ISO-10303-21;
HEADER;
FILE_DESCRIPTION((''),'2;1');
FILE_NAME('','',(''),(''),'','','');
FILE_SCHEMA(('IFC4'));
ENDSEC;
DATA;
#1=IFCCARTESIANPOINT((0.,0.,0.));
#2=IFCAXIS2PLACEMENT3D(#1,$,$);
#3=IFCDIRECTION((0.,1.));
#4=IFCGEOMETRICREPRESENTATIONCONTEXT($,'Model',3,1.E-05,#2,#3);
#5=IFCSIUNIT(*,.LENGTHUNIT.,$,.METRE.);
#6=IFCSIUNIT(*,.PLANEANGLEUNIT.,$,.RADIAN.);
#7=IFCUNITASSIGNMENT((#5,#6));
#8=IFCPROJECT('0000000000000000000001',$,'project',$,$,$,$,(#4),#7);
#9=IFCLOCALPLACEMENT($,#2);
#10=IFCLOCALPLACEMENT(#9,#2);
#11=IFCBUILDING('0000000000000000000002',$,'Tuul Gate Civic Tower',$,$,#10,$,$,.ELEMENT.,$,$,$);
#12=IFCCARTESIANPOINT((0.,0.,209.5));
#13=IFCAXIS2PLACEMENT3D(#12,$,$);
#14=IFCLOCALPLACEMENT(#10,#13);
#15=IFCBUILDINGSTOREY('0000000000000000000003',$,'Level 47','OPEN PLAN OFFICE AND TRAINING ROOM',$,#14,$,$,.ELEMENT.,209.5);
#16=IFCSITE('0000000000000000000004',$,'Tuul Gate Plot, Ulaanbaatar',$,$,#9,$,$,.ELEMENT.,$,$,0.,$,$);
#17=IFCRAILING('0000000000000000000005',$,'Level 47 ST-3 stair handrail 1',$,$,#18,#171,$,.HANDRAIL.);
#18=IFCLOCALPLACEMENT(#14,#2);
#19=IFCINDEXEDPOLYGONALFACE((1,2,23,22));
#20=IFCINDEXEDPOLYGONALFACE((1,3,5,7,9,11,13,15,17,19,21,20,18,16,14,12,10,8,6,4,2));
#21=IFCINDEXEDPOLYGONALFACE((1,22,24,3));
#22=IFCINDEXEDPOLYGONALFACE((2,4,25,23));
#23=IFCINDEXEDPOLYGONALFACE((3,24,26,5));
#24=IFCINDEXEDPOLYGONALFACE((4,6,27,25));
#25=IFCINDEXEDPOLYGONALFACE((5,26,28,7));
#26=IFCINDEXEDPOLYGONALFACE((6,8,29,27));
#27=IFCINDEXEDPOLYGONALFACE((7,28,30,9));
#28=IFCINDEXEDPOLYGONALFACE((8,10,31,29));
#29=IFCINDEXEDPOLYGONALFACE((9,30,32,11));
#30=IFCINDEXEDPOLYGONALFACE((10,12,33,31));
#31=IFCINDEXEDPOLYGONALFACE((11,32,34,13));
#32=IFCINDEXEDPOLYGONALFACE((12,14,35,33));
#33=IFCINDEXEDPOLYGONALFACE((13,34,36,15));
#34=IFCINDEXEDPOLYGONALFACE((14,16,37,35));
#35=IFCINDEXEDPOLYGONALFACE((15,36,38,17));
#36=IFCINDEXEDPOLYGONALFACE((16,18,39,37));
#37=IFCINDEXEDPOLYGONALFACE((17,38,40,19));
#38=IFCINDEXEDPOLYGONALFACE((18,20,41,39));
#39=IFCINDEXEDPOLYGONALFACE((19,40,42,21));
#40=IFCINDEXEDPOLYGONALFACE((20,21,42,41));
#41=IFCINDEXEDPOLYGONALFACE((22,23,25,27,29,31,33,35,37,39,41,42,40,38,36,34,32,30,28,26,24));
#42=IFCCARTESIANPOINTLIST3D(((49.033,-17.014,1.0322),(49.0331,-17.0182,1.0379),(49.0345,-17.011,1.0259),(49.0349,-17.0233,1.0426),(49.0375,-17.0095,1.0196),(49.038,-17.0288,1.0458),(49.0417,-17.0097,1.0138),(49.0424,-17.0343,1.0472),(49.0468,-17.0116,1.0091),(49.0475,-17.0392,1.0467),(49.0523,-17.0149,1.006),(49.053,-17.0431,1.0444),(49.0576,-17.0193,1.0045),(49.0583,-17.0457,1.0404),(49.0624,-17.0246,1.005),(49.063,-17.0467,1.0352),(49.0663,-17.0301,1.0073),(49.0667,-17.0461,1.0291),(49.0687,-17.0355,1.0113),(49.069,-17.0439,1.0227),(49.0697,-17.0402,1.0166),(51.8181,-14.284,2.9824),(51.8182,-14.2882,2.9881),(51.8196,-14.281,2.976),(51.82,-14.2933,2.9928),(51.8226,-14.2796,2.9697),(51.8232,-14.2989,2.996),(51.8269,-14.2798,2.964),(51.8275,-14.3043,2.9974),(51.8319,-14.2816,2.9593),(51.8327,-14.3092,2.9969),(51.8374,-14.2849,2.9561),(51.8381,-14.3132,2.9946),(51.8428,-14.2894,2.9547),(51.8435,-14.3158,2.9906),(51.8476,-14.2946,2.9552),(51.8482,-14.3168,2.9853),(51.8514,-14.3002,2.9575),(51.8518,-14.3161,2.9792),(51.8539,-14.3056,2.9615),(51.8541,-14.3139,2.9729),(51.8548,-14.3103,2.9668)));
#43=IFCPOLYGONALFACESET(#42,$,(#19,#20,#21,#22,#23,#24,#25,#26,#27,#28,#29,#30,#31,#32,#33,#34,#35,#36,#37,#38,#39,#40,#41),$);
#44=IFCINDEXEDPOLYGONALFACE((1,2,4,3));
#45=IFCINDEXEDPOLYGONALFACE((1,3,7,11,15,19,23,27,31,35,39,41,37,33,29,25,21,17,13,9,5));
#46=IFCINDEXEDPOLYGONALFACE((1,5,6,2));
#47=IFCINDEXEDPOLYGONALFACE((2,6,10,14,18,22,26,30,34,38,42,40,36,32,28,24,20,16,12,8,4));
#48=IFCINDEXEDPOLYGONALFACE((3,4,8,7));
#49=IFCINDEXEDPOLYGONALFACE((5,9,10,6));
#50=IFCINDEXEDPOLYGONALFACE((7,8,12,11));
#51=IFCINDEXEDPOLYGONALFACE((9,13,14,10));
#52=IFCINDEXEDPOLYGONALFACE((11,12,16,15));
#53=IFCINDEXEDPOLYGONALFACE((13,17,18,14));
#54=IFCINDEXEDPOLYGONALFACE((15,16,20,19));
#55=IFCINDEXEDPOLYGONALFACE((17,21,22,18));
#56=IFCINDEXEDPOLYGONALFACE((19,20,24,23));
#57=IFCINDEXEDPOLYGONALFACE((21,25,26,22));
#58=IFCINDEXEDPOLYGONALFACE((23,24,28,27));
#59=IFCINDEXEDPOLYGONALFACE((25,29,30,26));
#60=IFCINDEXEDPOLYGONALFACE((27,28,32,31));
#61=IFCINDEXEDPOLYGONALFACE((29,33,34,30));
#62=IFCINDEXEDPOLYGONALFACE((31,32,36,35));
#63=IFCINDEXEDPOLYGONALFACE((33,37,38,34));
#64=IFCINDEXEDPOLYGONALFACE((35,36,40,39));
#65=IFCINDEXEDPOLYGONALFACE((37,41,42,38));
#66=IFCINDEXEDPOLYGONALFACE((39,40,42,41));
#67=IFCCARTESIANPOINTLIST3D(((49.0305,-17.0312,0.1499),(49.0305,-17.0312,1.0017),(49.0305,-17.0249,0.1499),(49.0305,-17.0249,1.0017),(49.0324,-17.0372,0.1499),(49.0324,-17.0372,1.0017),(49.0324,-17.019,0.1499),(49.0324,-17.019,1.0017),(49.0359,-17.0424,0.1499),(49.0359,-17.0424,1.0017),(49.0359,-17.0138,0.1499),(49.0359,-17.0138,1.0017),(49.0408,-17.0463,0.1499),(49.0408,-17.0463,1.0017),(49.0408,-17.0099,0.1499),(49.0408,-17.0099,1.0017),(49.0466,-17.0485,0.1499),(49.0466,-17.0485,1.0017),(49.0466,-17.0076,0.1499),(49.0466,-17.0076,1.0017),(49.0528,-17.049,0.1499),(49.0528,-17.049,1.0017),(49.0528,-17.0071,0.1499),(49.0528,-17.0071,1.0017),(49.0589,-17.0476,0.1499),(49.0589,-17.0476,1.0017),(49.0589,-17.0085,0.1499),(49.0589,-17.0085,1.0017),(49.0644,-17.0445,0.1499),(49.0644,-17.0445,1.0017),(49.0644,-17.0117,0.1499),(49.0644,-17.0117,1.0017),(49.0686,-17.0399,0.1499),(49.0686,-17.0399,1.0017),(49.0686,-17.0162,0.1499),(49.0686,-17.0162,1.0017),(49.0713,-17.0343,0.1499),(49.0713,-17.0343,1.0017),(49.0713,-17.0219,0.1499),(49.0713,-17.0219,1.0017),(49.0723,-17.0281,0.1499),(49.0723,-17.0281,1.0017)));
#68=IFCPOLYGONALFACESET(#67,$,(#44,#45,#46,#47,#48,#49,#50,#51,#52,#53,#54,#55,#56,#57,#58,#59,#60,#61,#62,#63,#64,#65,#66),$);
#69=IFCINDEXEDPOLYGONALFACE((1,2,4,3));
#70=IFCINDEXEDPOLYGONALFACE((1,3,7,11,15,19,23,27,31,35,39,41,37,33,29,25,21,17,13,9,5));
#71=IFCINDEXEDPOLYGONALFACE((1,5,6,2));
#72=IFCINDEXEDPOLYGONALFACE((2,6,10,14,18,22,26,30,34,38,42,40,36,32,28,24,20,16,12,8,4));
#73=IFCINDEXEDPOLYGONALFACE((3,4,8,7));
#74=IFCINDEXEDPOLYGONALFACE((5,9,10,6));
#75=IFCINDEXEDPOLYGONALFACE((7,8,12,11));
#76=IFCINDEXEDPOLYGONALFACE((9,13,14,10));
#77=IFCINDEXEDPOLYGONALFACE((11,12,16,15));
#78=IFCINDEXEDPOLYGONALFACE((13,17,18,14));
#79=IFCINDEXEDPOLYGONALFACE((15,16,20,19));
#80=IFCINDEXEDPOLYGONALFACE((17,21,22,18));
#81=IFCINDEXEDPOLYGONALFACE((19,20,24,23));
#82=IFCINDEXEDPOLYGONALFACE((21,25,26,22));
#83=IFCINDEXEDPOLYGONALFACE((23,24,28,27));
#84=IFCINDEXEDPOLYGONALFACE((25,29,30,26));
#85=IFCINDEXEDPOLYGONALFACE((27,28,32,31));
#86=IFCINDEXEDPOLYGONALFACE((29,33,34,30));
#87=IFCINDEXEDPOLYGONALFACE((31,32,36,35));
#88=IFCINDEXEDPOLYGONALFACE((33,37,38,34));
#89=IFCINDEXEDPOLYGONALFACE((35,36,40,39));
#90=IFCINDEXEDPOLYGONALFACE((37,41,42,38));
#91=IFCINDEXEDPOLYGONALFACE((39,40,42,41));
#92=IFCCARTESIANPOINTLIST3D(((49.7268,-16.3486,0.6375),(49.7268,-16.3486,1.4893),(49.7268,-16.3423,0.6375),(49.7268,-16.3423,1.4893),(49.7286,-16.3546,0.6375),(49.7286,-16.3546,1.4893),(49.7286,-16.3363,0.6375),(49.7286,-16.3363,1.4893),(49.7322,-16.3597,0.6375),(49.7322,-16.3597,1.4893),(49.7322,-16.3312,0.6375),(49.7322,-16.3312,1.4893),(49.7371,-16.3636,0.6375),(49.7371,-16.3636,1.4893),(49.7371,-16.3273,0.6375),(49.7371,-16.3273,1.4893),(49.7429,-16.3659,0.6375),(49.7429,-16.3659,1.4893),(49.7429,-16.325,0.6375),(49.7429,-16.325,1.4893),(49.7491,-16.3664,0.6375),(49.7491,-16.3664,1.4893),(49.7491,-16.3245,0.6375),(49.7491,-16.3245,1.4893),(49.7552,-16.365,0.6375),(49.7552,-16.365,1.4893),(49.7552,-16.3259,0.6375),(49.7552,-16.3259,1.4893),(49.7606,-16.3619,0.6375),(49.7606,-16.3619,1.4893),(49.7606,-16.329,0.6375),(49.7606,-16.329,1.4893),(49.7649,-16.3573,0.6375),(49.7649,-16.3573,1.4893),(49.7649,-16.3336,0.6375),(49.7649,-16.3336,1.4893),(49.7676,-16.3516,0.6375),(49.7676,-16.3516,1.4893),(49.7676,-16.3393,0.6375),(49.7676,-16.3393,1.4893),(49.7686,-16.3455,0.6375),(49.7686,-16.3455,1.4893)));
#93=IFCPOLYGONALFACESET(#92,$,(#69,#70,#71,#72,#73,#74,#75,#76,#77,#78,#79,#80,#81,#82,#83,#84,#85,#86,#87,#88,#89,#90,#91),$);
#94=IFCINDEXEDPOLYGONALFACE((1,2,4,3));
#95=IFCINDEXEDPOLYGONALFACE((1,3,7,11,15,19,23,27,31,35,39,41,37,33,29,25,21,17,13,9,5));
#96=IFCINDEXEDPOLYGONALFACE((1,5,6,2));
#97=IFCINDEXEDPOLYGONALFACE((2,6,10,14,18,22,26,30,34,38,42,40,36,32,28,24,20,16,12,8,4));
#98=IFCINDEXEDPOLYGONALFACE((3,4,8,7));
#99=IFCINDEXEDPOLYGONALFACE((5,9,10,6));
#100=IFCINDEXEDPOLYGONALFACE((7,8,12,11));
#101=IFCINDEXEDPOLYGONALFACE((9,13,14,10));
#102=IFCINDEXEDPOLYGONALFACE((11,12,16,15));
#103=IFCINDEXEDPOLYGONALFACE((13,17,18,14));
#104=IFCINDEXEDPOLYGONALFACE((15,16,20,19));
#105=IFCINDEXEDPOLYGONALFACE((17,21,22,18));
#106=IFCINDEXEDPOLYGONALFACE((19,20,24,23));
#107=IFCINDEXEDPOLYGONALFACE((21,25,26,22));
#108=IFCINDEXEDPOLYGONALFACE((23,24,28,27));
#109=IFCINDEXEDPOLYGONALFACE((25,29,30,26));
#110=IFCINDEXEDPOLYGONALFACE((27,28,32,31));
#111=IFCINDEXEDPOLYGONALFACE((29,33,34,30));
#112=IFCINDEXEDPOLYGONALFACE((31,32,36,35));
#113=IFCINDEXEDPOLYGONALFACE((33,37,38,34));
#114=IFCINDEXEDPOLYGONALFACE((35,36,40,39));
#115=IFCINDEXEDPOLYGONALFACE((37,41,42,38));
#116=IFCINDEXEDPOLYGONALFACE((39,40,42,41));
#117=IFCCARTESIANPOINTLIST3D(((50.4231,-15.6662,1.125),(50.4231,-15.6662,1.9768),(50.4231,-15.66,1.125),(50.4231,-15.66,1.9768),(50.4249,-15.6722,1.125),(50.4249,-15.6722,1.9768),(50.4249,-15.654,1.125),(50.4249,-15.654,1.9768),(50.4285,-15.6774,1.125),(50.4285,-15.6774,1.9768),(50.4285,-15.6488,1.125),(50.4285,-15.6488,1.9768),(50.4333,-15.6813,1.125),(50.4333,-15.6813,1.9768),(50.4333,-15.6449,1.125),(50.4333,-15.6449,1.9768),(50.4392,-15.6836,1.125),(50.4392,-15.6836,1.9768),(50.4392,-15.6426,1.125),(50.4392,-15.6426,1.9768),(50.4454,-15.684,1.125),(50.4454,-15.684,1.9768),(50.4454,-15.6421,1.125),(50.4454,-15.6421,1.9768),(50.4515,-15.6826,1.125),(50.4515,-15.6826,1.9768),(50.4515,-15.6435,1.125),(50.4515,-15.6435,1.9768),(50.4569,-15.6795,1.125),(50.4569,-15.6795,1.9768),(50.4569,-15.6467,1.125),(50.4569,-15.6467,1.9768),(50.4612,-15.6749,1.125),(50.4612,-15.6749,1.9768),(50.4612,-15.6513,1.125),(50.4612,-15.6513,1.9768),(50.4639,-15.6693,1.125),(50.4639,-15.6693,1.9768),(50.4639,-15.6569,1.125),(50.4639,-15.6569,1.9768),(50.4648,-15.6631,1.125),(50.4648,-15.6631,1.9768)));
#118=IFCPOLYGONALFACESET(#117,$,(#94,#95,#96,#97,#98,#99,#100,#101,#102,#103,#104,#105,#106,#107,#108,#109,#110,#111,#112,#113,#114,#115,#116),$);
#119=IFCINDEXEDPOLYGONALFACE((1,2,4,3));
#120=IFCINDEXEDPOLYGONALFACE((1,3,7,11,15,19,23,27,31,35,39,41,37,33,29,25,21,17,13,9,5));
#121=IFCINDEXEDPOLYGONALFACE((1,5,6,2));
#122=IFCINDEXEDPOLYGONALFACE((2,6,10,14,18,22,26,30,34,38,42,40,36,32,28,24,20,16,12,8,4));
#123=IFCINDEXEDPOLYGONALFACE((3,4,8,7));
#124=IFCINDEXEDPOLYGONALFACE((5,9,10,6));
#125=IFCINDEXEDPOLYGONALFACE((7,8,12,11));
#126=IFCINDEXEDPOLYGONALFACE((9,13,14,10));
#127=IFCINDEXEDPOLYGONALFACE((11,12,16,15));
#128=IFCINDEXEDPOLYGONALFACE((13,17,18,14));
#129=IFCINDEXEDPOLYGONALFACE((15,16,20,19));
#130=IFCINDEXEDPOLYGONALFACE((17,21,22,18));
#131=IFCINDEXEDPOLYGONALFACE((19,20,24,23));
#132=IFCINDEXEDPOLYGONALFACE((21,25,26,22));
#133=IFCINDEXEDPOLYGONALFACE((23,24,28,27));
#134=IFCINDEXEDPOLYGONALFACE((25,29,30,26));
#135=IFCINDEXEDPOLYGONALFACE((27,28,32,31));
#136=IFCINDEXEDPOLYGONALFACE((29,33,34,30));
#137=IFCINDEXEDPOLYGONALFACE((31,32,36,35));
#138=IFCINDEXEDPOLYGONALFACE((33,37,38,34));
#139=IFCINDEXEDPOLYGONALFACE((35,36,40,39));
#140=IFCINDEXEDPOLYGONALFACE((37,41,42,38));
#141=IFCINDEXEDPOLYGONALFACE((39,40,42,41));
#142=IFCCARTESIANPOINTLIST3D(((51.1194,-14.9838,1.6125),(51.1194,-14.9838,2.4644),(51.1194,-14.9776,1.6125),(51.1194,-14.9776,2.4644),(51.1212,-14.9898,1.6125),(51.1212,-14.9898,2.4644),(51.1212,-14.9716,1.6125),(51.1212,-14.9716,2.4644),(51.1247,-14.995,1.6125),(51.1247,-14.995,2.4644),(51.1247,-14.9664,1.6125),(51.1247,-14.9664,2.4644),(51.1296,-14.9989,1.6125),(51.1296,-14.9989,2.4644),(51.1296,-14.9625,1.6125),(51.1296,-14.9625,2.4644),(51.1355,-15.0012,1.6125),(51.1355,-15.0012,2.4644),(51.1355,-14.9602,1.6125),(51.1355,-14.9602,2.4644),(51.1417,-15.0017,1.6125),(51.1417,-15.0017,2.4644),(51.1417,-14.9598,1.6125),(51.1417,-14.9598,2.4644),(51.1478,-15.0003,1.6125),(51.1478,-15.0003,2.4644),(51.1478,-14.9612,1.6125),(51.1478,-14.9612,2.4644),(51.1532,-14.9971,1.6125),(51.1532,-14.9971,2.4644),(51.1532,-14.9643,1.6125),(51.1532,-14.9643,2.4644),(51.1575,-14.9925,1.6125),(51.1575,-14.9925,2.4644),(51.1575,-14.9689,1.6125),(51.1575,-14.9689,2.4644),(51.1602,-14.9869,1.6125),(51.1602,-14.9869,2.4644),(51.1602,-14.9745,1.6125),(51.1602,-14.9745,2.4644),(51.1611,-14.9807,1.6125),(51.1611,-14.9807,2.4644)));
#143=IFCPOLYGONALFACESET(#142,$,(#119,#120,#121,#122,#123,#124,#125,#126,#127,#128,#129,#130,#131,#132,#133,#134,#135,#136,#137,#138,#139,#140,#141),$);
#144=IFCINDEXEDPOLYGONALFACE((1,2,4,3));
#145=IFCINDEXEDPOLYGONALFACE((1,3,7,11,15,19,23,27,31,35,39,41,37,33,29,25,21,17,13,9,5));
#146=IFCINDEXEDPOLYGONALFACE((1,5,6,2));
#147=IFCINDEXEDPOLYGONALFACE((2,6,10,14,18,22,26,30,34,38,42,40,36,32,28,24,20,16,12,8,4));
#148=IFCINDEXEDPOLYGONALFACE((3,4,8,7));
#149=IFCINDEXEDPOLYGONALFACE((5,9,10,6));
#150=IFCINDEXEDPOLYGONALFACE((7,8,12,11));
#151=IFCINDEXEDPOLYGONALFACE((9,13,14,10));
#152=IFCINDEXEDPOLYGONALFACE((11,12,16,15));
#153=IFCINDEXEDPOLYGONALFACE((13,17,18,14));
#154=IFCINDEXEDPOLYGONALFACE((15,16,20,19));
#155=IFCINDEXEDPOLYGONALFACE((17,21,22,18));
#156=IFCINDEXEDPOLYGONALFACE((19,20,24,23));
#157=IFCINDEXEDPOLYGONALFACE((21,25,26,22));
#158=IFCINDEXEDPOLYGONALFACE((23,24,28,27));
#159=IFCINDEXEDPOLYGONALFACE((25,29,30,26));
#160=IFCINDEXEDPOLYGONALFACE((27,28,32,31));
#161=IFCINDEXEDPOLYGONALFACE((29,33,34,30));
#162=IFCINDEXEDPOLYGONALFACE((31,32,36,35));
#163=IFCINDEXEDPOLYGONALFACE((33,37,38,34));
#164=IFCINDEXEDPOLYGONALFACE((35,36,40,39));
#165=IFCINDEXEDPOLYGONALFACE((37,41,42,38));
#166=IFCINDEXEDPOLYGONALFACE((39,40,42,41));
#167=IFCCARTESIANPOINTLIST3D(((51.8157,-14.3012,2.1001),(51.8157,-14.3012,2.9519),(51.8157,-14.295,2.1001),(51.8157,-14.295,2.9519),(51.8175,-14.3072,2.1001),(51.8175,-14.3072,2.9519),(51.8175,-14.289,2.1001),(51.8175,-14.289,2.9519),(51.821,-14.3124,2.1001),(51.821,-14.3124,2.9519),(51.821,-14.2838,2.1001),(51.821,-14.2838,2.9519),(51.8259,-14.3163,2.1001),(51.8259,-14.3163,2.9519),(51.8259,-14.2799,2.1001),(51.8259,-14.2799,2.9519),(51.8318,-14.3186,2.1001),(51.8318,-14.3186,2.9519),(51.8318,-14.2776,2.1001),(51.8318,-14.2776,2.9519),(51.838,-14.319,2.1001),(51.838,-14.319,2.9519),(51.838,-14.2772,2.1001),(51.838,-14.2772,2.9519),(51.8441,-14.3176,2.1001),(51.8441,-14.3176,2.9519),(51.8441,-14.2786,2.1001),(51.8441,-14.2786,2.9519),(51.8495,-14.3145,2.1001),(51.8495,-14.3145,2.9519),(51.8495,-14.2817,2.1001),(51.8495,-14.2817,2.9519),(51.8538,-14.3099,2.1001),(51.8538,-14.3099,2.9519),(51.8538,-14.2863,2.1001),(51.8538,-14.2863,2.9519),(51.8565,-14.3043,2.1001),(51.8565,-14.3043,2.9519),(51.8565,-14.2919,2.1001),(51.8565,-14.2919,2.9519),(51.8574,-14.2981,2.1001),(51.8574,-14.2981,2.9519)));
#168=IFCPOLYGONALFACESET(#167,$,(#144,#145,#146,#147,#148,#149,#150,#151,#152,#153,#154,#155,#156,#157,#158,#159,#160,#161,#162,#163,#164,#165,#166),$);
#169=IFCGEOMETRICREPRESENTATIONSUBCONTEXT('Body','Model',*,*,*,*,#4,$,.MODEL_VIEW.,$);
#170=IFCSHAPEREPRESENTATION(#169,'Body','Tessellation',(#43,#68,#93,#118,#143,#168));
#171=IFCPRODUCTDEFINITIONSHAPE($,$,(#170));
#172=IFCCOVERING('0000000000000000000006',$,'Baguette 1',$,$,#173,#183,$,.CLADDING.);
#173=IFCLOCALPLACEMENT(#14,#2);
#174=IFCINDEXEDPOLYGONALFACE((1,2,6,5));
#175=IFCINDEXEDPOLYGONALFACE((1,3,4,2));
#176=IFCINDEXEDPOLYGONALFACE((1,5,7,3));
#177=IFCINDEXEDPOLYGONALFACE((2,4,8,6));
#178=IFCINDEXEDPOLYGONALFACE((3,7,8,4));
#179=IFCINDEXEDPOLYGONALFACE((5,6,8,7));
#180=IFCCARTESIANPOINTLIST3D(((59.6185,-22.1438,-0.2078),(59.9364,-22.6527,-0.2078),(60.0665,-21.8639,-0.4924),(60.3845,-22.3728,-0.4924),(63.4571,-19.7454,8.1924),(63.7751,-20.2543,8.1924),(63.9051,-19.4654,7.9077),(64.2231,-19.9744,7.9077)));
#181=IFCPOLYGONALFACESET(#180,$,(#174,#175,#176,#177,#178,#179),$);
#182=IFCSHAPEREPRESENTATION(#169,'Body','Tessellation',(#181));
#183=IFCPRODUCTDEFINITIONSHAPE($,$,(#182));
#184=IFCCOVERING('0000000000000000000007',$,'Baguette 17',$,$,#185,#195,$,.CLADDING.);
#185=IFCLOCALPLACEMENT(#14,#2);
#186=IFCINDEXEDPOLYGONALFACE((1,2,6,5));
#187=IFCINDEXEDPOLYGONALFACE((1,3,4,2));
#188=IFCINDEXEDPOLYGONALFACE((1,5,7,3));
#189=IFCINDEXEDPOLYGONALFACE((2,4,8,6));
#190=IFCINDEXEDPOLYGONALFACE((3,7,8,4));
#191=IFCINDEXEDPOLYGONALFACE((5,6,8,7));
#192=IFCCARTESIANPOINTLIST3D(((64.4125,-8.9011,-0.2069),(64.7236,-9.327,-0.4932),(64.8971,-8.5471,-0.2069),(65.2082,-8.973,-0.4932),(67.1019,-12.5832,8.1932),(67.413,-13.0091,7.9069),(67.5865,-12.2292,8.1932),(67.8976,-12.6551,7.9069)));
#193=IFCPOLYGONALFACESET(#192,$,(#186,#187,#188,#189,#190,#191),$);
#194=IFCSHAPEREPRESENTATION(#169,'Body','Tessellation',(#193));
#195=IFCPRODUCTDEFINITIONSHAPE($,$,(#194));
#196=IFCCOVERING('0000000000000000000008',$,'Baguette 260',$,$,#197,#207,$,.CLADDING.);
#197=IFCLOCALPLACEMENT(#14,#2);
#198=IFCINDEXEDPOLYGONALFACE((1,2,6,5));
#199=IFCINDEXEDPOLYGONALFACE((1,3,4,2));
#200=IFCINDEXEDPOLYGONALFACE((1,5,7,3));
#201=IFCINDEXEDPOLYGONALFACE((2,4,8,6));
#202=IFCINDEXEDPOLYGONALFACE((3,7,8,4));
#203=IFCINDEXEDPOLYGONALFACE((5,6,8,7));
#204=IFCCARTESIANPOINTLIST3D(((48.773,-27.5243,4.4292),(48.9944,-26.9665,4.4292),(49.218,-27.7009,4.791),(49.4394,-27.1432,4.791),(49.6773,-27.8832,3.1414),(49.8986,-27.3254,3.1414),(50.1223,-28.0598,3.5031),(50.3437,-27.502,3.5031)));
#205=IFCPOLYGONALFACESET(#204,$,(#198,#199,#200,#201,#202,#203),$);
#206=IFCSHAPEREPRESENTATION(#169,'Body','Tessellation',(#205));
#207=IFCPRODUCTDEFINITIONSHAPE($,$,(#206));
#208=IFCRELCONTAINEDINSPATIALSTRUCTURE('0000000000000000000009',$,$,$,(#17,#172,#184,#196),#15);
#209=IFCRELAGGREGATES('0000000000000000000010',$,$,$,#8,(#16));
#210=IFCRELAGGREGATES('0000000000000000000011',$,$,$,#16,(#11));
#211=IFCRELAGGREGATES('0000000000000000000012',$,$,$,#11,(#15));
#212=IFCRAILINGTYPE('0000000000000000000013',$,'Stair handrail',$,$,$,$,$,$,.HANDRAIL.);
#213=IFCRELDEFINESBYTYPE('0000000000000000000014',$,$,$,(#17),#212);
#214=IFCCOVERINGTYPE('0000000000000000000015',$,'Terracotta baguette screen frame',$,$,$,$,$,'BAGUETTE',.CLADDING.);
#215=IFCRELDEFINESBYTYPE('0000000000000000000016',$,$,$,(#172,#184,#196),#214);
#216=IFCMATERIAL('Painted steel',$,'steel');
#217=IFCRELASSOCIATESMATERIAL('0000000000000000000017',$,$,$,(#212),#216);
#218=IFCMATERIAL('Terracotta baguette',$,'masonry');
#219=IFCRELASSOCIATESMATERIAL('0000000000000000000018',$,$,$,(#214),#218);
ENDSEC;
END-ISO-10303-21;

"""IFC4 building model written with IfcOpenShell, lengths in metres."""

from ifc_helpers import new_model, si_unit, direction, frame, origin, origin_2d, place, context, subcontext, project, spatial, rectangle, circle, extrude, material, material_profile, profile_set, type_object, element, save


model = new_model("IFC4")

# Units and contexts
model_context = context("Model", 3, precision=1e-05, world=origin(), true_north=direction((0.0, 1.0)))
body_context = subcontext(model_context, "Body", "Model", "MODEL_VIEW")
ifc_project = project(units=[si_unit("LENGTHUNIT", "METRE"), si_unit("PLANEANGLEUNIT", "RADIAN")], contexts=[model_context])

# Site, building, storey
site_placement = place(None, origin())
site = spatial("IfcSite", under=ifc_project, at=site_placement, Name="Tuul Gate Plot, Ulaanbaatar", CompositionType="ELEMENT", RefElevation=0.0)
building_placement = place(site_placement, origin())
building = spatial("IfcBuilding", under=site, at=building_placement, Name="Tuul Gate Civic Tower", CompositionType="ELEMENT")
storey_placement = place(building_placement, frame((0.0, 0.0, 209.5)))
storey = spatial("IfcBuildingStorey", under=building, at=storey_placement, Name="Level 47", Description="OPEN PLAN OFFICE AND TRAINING ROOM", CompositionType="ELEMENT", Elevation=209.5)

# Railing
ifc_material_1 = material(Name="Painted steel", Category="steel")
railing_type = type_object("IfcRailingType", Name="Stair handrail", PredefinedType="HANDRAIL", material=ifc_material_1)
railing_placement = place(storey_placement, frame((49.0513, -17.0281, 0.1499)))
element("IfcRailing", 1, at=railing_placement, inside=storey, type_object=railing_type, Name="Level 47 ST-3 stair handrail 1", PredefinedType="HANDRAIL", context=body_context, shape_type="SweptSolid", body=[
    extrude(circle(Radius=0.0239, at=origin_2d()), frame((0.0, 0.0, 0.876), z_axis=(0.638738, 0.626084, 0.447251), x_axis=(-0.699998, 0.714145, 0.0)), (0.0, 0.0, 1.0), 4.3604),
    extrude(circle(Radius=0.021, at=origin_2d()), origin(), (0.0, 0.0, 1.0), 0.8518),
    extrude(circle(Radius=0.021, at=origin_2d()), frame((0.6963, 0.6826, 0.4875)), (0.0, 0.0, 1.0), 0.8518),
    extrude(circle(Radius=0.021, at=origin_2d()), frame((1.3926, 1.365, 0.9751)), (0.0, 0.0, 1.0), 0.8518),
    extrude(circle(Radius=0.021, at=origin_2d()), frame((2.0889, 2.0474, 1.4626)), (0.0, 0.0, 1.0), 0.8518),
    extrude(circle(Radius=0.021, at=origin_2d()), frame((2.7852, 2.73, 1.9502)), (0.0, 0.0, 1.0), 0.8518),
])

# Coverings
ifc_material_2 = material(Name="Terracotta baguette", Category="masonry")
ifc_material_profile_1 = material_profile(ifc_material_2, rectangle(XDim=0.6001, YDim=0.6001, at=origin_2d()), Name="Terracotta baguette screen frame")
ifc_profile_set_1 = profile_set([ifc_material_profile_1], Name="Terracotta baguette")
covering_type = type_object("IfcCoveringType", Name="Terracotta baguette screen frame", ElementType="BAGUETTE", PredefinedType="CLADDING", material=ifc_profile_set_1)
covering_1_placement = place(storey_placement, frame((60.0015, -22.2583, -0.3501), z_axis=(0.402287, 0.251356, 0.880333), x_axis=(-0.529887, 0.848068, 0.0)))
element("IfcCovering", 2, at=covering_1_placement, inside=storey, type_object=covering_type, Name="Baguette 1", PredefinedType="CLADDING", context=body_context, shape_type="SweptSolid", body=[
    extrude(rectangle(XDim=0.6001, YDim=0.6001, at=origin_2d()), origin(), (0.0, 0.0, 1.0), 9.542),
])
covering_2_placement = place(storey_placement, frame((67.4998, -12.6191, 8.05), z_axis=(-0.281385, 0.385244, -0.878868), x_axis=(-0.80753, -0.589826, 0.0)))
element("IfcCovering", 3, at=covering_2_placement, inside=storey, type_object=covering_type, Name="Baguette 17", PredefinedType="CLADDING", context=body_context, shape_type="SweptSolid", body=[
    extrude(rectangle(XDim=0.6001, YDim=0.6001, at=origin_2d()), origin(), (0.0, 0.0, 1.0), 9.5579),
])
covering_3_placement = place(storey_placement, frame((49.1062, -27.3337, 4.6101), z_axis=(0.560273, -0.222355, -0.797905), x_axis=(0.36888, 0.929477, 0.0)))
element("IfcCovering", 4, at=covering_3_placement, inside=storey, type_object=covering_type, Name="Baguette 260", PredefinedType="CLADDING", context=body_context, shape_type="SweptSolid", body=[
    extrude(rectangle(XDim=0.6001, YDim=0.6001, at=origin_2d()), origin(), (0.0, 0.0, 1.0), 1.614),
])

save(model, "model.ifc")
